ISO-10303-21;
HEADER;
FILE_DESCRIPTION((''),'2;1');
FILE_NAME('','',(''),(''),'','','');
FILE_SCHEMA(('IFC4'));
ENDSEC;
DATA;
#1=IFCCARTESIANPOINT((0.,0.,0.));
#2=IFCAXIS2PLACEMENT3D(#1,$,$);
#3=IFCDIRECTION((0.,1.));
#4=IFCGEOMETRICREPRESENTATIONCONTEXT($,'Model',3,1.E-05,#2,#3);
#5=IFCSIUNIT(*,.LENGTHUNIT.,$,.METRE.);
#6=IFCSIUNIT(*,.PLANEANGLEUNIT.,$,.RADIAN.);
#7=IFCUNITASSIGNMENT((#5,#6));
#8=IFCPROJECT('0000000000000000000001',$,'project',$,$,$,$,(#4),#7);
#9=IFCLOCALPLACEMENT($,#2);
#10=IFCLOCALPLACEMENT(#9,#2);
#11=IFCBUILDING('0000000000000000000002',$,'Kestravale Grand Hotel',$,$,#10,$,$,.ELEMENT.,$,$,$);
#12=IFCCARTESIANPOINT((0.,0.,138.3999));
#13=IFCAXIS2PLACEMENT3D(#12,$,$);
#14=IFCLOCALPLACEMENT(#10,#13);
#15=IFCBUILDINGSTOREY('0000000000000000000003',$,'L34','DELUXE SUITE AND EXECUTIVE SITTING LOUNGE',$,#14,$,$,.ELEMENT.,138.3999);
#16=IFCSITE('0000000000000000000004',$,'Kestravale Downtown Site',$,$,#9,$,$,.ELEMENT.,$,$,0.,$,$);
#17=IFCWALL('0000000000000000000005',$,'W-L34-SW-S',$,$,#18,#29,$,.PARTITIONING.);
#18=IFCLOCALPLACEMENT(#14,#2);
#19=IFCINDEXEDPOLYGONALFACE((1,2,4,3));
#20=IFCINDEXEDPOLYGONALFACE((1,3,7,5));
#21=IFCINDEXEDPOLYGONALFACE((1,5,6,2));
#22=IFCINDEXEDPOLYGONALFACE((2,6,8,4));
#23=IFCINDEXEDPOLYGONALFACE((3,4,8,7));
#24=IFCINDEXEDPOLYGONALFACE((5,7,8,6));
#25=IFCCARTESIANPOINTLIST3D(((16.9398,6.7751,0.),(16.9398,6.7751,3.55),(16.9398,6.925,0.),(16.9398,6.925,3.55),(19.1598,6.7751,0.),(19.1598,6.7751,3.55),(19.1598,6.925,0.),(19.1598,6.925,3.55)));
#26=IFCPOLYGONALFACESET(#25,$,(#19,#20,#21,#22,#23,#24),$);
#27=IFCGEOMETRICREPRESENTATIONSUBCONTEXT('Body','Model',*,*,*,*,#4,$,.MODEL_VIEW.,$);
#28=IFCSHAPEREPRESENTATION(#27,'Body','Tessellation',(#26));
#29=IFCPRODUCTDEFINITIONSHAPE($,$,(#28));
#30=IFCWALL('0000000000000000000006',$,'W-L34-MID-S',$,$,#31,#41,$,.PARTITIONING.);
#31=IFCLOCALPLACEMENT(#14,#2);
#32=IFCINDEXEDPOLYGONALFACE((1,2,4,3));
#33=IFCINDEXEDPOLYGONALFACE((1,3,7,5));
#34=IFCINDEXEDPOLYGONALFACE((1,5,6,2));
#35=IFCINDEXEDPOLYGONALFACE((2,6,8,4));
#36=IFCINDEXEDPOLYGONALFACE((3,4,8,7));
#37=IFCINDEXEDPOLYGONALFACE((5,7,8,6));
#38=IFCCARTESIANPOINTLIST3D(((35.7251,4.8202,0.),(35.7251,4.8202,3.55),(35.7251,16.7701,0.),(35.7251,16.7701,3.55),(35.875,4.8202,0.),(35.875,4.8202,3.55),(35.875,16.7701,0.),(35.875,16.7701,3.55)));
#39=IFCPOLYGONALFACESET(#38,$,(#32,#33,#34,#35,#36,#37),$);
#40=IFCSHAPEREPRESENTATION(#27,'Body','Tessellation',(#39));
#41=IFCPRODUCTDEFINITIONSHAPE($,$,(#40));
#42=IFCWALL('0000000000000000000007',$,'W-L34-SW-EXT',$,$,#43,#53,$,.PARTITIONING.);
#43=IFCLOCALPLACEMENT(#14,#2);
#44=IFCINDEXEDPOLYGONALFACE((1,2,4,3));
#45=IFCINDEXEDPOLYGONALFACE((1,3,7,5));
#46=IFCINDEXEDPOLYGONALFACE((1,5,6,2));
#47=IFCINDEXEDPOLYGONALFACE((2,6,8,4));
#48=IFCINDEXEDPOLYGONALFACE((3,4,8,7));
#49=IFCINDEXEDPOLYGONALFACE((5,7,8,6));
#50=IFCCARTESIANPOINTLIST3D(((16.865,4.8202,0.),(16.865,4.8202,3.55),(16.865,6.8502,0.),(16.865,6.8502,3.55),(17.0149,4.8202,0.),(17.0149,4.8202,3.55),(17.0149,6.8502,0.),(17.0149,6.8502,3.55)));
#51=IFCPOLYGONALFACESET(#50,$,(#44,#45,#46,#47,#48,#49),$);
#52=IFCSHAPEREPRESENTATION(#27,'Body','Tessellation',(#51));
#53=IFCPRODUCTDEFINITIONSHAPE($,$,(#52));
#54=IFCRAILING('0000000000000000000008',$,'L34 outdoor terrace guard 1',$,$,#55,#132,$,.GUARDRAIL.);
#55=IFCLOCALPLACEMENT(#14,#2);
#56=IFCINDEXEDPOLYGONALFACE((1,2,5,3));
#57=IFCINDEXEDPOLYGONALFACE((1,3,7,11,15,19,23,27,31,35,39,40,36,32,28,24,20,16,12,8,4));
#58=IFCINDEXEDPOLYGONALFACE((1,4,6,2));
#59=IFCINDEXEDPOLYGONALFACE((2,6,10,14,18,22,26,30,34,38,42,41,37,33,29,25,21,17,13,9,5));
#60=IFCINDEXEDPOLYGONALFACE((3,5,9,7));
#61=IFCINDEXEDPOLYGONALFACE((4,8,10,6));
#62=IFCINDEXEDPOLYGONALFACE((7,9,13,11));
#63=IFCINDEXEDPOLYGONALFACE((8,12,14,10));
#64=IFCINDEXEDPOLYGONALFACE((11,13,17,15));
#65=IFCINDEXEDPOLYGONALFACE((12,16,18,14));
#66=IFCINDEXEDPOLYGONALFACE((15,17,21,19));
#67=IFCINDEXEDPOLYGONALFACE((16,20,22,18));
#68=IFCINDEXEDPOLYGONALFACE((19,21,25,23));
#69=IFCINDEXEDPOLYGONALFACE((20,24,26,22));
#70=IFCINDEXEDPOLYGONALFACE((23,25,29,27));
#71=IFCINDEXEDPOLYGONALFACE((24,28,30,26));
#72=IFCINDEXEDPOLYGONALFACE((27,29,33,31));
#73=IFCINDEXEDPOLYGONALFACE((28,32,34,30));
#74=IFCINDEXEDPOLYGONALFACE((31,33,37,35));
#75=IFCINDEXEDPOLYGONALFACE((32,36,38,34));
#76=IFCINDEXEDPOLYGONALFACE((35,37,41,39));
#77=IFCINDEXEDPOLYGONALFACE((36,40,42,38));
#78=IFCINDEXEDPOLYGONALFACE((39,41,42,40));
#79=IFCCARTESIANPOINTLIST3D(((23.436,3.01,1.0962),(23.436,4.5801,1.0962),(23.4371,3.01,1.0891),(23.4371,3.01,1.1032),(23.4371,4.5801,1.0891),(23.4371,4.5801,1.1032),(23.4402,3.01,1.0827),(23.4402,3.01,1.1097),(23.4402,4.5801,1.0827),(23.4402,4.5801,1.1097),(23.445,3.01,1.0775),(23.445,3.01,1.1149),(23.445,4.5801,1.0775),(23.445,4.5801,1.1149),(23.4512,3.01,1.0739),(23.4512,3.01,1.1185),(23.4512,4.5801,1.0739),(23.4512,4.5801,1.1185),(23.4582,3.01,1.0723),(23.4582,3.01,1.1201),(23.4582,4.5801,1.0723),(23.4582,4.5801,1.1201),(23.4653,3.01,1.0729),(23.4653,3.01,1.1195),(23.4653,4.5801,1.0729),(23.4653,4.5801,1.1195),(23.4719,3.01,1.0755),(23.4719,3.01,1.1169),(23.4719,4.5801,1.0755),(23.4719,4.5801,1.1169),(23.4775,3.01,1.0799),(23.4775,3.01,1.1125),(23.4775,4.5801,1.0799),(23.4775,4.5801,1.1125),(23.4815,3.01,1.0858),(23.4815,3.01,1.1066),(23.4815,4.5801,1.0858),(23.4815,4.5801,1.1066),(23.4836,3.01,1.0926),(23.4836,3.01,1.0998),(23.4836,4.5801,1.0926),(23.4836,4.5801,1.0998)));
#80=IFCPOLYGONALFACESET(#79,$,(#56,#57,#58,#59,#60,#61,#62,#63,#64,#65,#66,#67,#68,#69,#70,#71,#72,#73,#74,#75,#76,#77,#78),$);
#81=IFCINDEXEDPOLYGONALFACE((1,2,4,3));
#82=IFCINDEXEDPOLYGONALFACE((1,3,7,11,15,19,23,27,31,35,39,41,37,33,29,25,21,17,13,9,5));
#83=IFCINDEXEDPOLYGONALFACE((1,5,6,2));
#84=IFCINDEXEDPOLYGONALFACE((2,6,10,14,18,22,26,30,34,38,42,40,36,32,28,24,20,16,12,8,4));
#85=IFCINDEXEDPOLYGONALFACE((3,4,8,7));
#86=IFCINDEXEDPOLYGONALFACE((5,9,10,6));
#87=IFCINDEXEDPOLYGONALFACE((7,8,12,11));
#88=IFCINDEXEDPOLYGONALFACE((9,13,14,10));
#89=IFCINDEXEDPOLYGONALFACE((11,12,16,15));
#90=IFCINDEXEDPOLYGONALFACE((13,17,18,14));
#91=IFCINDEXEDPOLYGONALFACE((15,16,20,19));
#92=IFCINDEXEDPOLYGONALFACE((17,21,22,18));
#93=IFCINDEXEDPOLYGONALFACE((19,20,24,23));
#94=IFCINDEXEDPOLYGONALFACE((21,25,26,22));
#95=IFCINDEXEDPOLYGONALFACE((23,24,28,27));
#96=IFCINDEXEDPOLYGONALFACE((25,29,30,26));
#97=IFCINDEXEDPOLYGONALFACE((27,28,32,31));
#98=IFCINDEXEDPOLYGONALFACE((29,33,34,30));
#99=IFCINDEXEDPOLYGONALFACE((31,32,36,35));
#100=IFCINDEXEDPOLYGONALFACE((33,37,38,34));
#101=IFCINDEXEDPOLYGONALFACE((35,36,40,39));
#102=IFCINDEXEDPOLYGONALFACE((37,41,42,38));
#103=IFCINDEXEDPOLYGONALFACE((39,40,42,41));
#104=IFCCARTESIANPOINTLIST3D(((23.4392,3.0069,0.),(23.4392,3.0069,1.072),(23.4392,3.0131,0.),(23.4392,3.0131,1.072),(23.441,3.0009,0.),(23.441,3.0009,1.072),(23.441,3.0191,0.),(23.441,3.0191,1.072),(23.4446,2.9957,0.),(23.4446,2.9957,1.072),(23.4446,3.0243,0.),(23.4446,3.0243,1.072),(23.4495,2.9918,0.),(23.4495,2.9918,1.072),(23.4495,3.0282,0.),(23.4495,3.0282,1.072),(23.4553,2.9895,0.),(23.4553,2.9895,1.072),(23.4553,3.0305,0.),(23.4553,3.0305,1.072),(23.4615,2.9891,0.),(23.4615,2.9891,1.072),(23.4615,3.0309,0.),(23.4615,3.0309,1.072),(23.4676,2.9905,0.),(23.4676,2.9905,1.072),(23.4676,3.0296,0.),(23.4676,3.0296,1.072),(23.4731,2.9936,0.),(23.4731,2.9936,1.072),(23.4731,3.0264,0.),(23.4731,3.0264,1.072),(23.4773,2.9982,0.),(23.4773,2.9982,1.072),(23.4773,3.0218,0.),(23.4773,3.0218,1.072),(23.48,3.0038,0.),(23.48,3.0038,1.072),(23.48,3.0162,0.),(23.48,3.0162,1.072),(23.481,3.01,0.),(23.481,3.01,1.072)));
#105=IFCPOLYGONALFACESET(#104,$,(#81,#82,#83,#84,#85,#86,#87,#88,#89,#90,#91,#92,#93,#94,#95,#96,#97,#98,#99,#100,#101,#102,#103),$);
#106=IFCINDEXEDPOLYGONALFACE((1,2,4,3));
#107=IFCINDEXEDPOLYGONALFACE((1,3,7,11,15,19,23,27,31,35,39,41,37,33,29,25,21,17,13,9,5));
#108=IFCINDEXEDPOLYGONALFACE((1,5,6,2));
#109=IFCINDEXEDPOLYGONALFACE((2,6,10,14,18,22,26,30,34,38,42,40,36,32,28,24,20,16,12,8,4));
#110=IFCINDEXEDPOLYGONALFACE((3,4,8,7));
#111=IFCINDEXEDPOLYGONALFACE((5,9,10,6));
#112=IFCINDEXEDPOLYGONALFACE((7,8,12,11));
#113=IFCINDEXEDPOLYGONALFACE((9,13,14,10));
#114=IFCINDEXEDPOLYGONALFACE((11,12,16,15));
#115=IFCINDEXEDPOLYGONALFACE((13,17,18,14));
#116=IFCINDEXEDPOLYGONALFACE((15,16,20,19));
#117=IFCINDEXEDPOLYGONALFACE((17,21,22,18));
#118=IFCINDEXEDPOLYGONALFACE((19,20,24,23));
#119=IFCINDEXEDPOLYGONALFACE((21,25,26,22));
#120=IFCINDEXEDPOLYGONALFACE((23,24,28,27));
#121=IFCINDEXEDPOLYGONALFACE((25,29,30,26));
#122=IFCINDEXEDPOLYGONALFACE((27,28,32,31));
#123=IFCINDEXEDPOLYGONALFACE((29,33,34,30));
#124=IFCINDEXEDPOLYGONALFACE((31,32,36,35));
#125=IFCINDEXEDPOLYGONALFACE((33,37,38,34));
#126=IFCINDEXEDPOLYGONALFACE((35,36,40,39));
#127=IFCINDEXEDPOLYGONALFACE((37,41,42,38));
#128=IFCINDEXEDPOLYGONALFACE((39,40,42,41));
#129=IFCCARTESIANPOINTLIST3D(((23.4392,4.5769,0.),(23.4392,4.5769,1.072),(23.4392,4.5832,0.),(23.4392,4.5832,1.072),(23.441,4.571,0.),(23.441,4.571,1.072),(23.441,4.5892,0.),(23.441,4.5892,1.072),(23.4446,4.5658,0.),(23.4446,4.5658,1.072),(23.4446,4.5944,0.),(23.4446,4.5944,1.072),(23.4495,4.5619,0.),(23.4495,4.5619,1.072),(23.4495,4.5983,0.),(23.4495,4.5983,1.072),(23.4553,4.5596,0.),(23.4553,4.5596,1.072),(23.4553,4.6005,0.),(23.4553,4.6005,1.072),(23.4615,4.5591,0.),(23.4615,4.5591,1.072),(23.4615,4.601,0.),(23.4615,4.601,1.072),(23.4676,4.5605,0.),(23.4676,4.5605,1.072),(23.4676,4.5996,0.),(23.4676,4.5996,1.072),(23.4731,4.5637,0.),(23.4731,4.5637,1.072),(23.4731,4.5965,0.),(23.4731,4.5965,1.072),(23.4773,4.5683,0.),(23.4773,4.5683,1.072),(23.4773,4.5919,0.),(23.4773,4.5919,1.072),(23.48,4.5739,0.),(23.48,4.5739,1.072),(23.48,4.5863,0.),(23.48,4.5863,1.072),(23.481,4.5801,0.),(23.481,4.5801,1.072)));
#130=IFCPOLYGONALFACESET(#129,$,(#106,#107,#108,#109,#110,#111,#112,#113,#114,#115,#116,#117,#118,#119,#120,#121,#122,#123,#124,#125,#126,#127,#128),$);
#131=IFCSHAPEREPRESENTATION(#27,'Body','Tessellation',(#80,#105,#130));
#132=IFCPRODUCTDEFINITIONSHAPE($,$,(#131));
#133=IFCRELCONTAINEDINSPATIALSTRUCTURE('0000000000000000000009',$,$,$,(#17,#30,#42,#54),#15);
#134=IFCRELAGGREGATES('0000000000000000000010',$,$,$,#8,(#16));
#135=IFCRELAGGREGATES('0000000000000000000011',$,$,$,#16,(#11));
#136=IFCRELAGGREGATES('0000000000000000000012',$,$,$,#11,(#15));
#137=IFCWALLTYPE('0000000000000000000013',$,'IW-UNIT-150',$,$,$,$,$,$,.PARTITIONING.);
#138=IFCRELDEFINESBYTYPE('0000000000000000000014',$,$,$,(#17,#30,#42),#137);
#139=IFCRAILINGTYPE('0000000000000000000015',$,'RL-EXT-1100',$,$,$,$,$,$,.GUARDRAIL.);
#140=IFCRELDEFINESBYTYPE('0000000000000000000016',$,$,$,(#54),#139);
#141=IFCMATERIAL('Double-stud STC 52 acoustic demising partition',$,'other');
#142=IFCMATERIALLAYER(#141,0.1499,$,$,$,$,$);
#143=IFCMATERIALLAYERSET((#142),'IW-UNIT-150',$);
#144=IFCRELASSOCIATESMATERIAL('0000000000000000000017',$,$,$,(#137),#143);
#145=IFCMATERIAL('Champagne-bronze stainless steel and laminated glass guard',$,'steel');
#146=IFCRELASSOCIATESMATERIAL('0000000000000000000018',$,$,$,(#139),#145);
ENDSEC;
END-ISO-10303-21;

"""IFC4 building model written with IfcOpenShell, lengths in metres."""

from ifc_helpers import new_model, si_unit, direction, frame, frame_2d, origin, origin_2d, place, context, subcontext, project, spatial, rectangle, circle, extrude, material, layer, layer_set, type_object, element, save


model = new_model("IFC4")

# Units and contexts
model_context = context("Model", 3, precision=1e-05, world=origin(), true_north=direction((0.0, 1.0)))
body_context = subcontext(model_context, "Body", "Model", "MODEL_VIEW")
ifc_project = project(units=[si_unit("LENGTHUNIT", "METRE"), si_unit("PLANEANGLEUNIT", "RADIAN")], contexts=[model_context])

# Site, building, storey
site_placement = place(None, origin())
site = spatial("IfcSite", under=ifc_project, at=site_placement, Name="Kestravale Downtown Site", CompositionType="ELEMENT", RefElevation=0.0)
building_placement = place(site_placement, origin())
building = spatial("IfcBuilding", under=site, at=building_placement, Name="Kestravale Grand Hotel", CompositionType="ELEMENT")
storey_placement = place(building_placement, frame((0.0, 0.0, 138.3999)))
storey = spatial("IfcBuildingStorey", under=building, at=storey_placement, Name="L34", Description="DELUXE SUITE AND EXECUTIVE SITTING LOUNGE", CompositionType="ELEMENT", Elevation=138.3999)

# Walls
ifc_material_1 = material(Name="Double-stud STC 52 acoustic demising partition", Category="other")
ifc_layer_1 = layer(ifc_material_1, 0.1499)
ifc_layer_set_1 = layer_set([ifc_layer_1], Name="IW-UNIT-150")
wall_type_1 = type_object("IfcWallType", Name="IW-UNIT-150", PredefinedType="PARTITIONING", material=ifc_layer_set_1)
wall_1_placement = place(storey_placement, frame((16.9399, 6.8501, 0.0), z_axis=(0.0, 0.0, 1.0), x_axis=(1.0, 0.0, 0.0)))
element("IfcWall", 1, at=wall_1_placement, inside=storey, type_object=wall_type_1, Name="W-L34-SW-S", PredefinedType="PARTITIONING", context=body_context, shape_type="SweptSolid", body=[
    extrude(rectangle(XDim=2.22, YDim=0.1499, at=frame_2d((1.1099, 0.0))), origin(), (0.0, 0.0, 1.0), 3.55),
])
wall_2_placement = place(storey_placement, frame((35.8, 4.8201, 0.0), z_axis=(0.0, 0.0, 1.0), x_axis=(0.0, 1.0, 0.0)))
element("IfcWall", 2, at=wall_2_placement, inside=storey, type_object=wall_type_1, Name="W-L34-MID-S", PredefinedType="PARTITIONING", context=body_context, shape_type="SweptSolid", body=[
    extrude(rectangle(XDim=11.95, YDim=0.1499, at=frame_2d((5.9751, 0.0))), origin(), (0.0, 0.0, 1.0), 3.55),
])
wall_3_placement = place(storey_placement, frame((16.9399, 4.8201, 0.0), z_axis=(0.0, 0.0, 1.0), x_axis=(0.0, 1.0, 0.0)))
element("IfcWall", 3, at=wall_3_placement, inside=storey, type_object=wall_type_1, Name="W-L34-SW-EXT", PredefinedType="PARTITIONING", context=body_context, shape_type="SweptSolid", body=[
    extrude(rectangle(XDim=2.03, YDim=0.1499, at=frame_2d((1.0151, 0.0))), origin(), (0.0, 0.0, 1.0), 3.55),
])

# Railing
ifc_material_2 = material(Name="Champagne-bronze stainless steel and laminated glass guard", Category="steel")
railing_type = type_object("IfcRailingType", Name="RL-EXT-1100", PredefinedType="GUARDRAIL", material=ifc_material_2)
railing_1_placement = place(storey_placement, frame((23.46, 3.01, 0.0)))
element("IfcRailing", 4, at=railing_1_placement, inside=storey, type_object=railing_type, Name="L34 outdoor terrace guard 1", PredefinedType="GUARDRAIL", context=body_context, shape_type="SweptSolid", body=[
    extrude(circle(Radius=0.0239, at=origin_2d()), frame((0.0, 0.0, 1.0962), z_axis=(0.0, 1.0, 0.0), x_axis=(-1.0, 0.0, 0.0)), (0.0, 0.0, 1.0), 1.5701),
    extrude(circle(Radius=0.021, at=origin_2d()), origin(), (0.0, 0.0, 1.0), 1.072),
    extrude(circle(Radius=0.021, at=origin_2d()), frame((0.0, 1.5701, 0.0)), (0.0, 0.0, 1.0), 1.072),
])

save(model, "model.ifc")
